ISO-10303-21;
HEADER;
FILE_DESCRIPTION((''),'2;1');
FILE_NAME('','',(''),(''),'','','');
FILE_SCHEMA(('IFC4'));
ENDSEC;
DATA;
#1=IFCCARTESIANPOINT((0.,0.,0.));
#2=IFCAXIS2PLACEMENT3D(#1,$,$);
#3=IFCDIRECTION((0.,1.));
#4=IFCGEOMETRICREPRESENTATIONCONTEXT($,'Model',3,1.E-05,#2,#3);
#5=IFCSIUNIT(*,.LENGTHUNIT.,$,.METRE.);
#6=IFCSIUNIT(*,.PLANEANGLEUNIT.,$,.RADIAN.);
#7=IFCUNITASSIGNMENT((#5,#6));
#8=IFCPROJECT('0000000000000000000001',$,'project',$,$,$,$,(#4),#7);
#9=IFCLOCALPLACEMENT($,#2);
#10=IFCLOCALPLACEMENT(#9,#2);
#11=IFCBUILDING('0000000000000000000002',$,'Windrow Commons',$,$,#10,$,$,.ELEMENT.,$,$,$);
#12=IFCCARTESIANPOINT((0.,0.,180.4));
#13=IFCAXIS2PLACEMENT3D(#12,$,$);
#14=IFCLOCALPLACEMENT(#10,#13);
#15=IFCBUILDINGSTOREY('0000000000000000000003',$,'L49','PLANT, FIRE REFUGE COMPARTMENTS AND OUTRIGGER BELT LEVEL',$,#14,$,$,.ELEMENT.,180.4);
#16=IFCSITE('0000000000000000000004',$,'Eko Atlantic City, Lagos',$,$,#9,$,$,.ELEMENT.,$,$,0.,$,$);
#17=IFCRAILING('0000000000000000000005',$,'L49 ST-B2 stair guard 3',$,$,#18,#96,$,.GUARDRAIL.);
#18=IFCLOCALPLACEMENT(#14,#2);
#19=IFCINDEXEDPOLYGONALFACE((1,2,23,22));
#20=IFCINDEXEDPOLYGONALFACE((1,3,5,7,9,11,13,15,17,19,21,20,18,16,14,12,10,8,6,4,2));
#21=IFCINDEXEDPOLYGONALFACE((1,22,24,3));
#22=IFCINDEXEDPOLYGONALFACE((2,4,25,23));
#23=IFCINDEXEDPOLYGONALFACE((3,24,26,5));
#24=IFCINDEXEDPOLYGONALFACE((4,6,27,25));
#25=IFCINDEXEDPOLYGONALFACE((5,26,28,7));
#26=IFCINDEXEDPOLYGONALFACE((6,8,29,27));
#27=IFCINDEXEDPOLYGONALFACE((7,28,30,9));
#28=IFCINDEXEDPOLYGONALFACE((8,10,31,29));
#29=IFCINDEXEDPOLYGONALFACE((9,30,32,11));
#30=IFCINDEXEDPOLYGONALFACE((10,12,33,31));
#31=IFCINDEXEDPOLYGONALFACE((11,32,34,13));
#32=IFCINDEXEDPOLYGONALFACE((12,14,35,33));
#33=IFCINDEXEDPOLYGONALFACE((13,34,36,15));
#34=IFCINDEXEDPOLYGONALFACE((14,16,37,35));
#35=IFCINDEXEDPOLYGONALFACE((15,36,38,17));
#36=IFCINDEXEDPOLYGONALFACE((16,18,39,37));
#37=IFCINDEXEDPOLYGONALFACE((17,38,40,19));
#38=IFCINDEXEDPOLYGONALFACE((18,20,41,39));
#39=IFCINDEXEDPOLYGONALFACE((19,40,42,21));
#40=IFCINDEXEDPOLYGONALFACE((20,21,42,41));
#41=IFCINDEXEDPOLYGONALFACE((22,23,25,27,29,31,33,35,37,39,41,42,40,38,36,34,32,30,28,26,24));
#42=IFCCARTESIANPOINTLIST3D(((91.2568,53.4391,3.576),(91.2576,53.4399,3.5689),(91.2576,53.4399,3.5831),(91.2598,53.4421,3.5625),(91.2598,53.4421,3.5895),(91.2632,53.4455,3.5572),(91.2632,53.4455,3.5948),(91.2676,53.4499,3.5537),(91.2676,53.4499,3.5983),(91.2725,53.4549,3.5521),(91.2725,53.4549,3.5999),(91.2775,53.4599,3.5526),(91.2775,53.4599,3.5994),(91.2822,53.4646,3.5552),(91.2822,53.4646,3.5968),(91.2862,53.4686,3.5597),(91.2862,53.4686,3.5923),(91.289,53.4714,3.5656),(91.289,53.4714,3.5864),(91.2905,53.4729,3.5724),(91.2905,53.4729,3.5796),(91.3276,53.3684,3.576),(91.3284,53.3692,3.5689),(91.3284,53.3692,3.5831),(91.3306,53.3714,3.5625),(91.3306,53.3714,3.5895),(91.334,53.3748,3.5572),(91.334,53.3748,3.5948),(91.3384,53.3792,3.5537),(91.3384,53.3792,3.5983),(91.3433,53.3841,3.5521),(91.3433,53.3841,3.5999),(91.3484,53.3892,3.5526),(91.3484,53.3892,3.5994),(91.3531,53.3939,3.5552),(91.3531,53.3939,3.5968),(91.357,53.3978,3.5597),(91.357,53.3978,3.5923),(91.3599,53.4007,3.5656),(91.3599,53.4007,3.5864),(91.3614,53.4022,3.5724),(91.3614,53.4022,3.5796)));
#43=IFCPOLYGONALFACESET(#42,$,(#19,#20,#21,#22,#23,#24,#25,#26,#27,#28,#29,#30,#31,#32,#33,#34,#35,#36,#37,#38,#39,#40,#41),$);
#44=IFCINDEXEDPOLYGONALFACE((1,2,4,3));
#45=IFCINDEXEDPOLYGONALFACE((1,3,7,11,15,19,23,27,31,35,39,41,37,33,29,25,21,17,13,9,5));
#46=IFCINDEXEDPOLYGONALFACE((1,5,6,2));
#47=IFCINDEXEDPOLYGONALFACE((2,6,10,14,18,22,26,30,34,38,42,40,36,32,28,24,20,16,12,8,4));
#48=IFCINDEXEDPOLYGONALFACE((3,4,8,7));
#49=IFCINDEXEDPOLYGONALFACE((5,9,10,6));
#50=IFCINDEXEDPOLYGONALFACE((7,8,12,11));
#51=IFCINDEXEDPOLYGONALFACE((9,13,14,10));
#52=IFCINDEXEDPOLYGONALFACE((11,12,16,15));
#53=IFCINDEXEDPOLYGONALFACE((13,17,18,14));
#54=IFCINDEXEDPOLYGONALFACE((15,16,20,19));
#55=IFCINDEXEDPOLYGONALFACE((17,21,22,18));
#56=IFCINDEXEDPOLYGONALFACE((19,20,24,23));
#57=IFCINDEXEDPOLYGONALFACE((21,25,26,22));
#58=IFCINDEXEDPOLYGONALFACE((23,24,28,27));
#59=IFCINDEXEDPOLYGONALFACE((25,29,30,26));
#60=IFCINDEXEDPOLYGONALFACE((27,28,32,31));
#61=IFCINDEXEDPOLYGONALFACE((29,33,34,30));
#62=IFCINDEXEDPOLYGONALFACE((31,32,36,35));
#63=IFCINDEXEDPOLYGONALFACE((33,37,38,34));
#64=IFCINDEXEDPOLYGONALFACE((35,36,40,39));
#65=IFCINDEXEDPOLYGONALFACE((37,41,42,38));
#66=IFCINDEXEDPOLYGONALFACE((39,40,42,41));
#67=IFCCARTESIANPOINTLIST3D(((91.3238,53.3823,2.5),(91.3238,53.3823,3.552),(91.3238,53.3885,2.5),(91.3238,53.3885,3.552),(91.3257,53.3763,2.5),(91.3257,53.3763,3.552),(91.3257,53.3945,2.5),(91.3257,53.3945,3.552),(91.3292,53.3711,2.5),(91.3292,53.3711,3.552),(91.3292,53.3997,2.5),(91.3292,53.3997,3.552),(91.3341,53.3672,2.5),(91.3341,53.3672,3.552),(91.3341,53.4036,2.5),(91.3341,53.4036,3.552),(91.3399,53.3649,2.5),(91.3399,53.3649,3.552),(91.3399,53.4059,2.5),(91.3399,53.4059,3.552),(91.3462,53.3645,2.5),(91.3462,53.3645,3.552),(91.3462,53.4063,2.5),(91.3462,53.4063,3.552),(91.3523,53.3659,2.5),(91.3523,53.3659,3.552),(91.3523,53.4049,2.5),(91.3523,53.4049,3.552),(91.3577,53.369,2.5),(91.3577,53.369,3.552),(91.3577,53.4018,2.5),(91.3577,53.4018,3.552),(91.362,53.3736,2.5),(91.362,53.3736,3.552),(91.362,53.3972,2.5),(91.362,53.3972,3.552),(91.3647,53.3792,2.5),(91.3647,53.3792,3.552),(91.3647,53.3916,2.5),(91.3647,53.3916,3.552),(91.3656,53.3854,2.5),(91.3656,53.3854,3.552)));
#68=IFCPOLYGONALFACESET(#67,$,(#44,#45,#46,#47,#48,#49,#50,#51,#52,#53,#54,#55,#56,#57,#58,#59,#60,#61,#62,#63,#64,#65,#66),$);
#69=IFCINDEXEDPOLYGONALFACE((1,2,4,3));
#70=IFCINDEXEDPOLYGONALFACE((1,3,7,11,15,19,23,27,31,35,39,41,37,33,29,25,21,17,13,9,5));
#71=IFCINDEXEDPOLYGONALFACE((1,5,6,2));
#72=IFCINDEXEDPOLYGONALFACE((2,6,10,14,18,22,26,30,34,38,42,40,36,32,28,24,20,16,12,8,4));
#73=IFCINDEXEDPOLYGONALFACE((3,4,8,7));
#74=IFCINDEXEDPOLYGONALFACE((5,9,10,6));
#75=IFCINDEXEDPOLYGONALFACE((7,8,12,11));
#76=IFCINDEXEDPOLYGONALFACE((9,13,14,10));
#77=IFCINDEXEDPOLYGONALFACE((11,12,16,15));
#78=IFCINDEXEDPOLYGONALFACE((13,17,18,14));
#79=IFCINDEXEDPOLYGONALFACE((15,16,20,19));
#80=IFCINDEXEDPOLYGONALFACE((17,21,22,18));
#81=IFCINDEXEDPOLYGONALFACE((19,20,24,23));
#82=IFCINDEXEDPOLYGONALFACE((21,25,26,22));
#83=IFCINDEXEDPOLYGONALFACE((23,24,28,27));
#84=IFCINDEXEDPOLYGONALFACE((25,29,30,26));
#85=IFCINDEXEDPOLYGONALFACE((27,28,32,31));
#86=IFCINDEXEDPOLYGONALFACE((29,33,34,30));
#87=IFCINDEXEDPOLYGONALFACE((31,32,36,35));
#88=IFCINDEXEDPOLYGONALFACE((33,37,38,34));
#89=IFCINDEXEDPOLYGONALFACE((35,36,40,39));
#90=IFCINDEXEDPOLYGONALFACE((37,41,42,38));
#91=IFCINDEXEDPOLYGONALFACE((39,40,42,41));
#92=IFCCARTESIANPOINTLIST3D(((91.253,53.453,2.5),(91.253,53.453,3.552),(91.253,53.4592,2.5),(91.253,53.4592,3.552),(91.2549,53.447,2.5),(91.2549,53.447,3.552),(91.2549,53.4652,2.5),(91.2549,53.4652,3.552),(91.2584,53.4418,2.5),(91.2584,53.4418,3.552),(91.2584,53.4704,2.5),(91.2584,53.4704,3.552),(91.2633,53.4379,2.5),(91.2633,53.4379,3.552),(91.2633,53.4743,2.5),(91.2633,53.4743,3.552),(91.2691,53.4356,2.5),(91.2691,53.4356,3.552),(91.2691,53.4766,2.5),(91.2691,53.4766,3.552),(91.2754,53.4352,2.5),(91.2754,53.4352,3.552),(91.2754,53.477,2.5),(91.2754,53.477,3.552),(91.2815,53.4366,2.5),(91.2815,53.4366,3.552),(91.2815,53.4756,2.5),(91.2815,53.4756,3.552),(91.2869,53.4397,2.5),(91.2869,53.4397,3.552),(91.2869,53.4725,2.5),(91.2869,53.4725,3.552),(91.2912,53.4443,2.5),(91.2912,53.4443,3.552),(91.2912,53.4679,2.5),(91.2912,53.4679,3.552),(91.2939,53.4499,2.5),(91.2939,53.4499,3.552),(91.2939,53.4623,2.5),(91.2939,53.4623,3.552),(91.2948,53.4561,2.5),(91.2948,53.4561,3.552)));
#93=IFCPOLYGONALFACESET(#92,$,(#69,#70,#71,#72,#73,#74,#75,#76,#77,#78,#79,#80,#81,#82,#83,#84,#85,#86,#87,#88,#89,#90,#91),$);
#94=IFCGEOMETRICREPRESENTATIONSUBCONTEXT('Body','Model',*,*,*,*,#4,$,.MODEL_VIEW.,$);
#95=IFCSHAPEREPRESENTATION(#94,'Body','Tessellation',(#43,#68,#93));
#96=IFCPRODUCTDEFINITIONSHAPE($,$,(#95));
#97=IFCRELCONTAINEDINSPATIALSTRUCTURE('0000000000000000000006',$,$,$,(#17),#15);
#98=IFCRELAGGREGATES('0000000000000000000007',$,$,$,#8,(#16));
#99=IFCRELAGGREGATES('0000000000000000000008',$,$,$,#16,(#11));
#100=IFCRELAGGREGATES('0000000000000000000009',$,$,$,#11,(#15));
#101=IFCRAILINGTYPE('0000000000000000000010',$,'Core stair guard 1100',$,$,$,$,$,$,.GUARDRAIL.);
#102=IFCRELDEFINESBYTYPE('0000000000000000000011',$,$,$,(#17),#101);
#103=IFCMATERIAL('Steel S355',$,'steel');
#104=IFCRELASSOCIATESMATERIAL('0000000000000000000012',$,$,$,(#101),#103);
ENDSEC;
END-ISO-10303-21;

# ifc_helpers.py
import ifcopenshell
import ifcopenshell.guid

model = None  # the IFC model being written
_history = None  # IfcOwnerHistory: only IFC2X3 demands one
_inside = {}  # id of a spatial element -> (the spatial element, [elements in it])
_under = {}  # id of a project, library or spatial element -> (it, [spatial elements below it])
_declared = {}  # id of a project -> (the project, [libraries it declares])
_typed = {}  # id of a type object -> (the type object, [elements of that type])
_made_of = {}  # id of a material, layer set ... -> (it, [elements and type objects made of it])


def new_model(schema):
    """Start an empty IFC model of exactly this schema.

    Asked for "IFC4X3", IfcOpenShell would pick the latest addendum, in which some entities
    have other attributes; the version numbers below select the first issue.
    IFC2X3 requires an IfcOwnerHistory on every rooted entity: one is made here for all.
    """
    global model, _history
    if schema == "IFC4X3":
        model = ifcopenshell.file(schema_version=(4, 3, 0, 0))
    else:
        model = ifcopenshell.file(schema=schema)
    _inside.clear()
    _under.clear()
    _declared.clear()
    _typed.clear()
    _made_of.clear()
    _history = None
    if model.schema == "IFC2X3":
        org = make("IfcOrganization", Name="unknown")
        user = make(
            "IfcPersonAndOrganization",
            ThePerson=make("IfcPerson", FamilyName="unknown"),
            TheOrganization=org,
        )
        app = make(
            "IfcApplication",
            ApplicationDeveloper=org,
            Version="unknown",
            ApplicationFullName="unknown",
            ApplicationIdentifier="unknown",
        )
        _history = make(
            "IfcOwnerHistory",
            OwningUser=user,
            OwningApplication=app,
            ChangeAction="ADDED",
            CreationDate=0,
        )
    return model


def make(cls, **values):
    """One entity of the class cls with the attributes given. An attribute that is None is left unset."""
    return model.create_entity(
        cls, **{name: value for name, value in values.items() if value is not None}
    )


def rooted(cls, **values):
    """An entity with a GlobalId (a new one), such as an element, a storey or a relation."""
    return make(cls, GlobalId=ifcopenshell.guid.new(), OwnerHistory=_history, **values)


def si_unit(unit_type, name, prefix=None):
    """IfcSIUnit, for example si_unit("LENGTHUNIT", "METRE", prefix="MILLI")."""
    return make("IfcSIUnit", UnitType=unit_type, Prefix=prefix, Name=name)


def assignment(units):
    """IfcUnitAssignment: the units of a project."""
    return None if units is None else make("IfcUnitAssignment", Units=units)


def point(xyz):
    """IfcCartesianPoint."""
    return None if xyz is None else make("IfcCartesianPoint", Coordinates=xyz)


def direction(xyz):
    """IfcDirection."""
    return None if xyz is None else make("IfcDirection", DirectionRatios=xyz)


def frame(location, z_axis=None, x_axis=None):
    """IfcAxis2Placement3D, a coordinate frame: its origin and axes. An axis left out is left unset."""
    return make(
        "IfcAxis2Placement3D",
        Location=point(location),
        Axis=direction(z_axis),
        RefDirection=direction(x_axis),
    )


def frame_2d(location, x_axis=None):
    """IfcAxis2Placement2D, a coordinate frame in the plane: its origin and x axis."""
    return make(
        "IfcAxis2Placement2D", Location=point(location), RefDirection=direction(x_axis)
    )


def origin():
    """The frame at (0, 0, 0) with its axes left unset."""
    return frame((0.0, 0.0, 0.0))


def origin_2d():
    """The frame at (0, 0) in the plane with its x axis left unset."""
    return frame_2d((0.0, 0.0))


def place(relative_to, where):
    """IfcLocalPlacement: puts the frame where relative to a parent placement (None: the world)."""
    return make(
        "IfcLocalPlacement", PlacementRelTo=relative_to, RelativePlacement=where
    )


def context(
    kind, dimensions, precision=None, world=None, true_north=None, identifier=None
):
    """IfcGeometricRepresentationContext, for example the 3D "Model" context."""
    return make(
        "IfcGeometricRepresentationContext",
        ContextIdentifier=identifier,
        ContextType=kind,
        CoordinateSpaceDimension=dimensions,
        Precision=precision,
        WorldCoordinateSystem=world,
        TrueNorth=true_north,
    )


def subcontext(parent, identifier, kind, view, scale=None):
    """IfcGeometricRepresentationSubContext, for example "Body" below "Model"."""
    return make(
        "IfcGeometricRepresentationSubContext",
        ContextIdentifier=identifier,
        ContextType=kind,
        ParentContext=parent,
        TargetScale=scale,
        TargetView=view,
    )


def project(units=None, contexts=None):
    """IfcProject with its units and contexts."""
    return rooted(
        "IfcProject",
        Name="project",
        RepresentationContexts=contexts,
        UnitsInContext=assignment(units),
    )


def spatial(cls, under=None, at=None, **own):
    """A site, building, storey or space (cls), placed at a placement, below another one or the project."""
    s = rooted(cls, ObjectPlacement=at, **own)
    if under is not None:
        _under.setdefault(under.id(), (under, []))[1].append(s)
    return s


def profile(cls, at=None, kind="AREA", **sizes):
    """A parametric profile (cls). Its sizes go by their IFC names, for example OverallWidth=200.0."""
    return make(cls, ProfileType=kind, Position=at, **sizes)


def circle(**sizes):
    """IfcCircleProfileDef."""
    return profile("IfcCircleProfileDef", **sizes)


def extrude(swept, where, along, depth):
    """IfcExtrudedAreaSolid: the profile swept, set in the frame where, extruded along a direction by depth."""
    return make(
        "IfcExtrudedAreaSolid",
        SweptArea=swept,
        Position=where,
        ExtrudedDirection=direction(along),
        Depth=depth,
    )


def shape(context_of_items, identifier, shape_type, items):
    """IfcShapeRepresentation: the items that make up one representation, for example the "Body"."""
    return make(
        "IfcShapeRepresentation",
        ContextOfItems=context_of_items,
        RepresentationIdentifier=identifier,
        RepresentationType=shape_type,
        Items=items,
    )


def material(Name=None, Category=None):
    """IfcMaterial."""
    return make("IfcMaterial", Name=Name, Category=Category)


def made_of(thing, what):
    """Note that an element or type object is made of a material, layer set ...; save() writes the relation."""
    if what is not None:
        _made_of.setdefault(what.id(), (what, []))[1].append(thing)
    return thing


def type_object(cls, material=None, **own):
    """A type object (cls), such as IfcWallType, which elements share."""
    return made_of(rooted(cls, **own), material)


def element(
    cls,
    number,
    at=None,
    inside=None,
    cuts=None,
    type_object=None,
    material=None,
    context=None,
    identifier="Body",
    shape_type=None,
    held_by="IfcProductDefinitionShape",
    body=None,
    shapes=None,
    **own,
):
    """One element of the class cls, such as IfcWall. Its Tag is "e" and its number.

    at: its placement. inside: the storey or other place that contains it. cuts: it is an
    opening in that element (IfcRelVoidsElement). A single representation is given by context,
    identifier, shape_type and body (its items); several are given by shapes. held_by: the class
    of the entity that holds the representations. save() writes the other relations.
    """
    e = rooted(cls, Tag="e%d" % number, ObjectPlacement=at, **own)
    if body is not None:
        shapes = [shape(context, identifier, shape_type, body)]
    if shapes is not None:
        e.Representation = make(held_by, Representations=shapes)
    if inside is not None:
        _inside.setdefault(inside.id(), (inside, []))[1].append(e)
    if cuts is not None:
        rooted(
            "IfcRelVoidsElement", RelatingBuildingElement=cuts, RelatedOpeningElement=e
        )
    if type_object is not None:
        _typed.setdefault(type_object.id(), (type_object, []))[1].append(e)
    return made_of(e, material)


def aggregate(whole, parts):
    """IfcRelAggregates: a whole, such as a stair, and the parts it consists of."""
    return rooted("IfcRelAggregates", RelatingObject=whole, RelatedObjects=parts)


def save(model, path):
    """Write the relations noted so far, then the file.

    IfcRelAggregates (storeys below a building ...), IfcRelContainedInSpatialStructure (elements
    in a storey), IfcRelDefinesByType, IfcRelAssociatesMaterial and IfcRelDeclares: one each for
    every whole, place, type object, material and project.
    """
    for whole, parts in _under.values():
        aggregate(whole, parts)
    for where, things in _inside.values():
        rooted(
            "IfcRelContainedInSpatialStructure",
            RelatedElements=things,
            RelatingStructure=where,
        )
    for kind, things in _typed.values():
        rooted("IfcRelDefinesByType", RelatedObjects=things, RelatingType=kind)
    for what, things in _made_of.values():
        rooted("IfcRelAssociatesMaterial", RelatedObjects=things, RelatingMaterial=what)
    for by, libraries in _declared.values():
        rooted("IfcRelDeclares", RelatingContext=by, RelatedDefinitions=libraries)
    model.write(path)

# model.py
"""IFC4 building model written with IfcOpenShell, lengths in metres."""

from ifc_helpers import new_model, si_unit, direction, frame, origin, origin_2d, place, context, subcontext, project, spatial, circle, extrude, material, type_object, element, save


model = new_model("IFC4")

# Units and contexts
model_context = context("Model", 3, precision=1e-05, world=origin(), true_north=direction((0.0, 1.0)))
body_context = subcontext(model_context, "Body", "Model", "MODEL_VIEW")
ifc_project = project(units=[si_unit("LENGTHUNIT", "METRE"), si_unit("PLANEANGLEUNIT", "RADIAN")], contexts=[model_context])

# Site, building, storey
site_placement = place(None, origin())
site = spatial("IfcSite", under=ifc_project, at=site_placement, Name="Eko Atlantic City, Lagos", CompositionType="ELEMENT", RefElevation=0.0)
building_placement = place(site_placement, origin())
building = spatial("IfcBuilding", under=site, at=building_placement, Name="Windrow Commons", CompositionType="ELEMENT")
storey_placement = place(building_placement, frame((0.0, 0.0, 180.4)))
storey = spatial("IfcBuildingStorey", under=building, at=storey_placement, Name="L49", Description="PLANT, FIRE REFUGE COMPARTMENTS AND OUTRIGGER BELT LEVEL", CompositionType="ELEMENT", Elevation=180.4)

# Railing
ifc_material_1 = material(Name="Steel S355", Category="steel")
railing_type_1 = type_object("IfcRailingType", Name="Core stair guard 1100", PredefinedType="GUARDRAIL", material=ifc_material_1)
railing_1_placement = place(storey_placement, frame((91.3446, 53.3854, 2.5)))
element("IfcRailing", 1, at=railing_1_placement, inside=storey, type_object=railing_type_1, Name="L49 ST-B2 stair guard 3", PredefinedType="GUARDRAIL", context=body_context, shape_type="SweptSolid", body=[
    extrude(circle(Radius=0.024, at=origin_2d()), frame((0.0, 0.0, 1.076), z_axis=(-0.707606, 0.706607, 0.0), x_axis=(-0.706607, -0.707606, 0.0)), (0.0, 0.0, 1.0), 0.1001),
    extrude(circle(Radius=0.021, at=origin_2d()), origin(), (0.0, 0.0, 1.0), 1.052),
    extrude(circle(Radius=0.021, at=origin_2d()), frame((-0.0708, 0.0707, 0.0)), (0.0, 0.0, 1.0), 1.052),
])

save(model, "model.ifc")
